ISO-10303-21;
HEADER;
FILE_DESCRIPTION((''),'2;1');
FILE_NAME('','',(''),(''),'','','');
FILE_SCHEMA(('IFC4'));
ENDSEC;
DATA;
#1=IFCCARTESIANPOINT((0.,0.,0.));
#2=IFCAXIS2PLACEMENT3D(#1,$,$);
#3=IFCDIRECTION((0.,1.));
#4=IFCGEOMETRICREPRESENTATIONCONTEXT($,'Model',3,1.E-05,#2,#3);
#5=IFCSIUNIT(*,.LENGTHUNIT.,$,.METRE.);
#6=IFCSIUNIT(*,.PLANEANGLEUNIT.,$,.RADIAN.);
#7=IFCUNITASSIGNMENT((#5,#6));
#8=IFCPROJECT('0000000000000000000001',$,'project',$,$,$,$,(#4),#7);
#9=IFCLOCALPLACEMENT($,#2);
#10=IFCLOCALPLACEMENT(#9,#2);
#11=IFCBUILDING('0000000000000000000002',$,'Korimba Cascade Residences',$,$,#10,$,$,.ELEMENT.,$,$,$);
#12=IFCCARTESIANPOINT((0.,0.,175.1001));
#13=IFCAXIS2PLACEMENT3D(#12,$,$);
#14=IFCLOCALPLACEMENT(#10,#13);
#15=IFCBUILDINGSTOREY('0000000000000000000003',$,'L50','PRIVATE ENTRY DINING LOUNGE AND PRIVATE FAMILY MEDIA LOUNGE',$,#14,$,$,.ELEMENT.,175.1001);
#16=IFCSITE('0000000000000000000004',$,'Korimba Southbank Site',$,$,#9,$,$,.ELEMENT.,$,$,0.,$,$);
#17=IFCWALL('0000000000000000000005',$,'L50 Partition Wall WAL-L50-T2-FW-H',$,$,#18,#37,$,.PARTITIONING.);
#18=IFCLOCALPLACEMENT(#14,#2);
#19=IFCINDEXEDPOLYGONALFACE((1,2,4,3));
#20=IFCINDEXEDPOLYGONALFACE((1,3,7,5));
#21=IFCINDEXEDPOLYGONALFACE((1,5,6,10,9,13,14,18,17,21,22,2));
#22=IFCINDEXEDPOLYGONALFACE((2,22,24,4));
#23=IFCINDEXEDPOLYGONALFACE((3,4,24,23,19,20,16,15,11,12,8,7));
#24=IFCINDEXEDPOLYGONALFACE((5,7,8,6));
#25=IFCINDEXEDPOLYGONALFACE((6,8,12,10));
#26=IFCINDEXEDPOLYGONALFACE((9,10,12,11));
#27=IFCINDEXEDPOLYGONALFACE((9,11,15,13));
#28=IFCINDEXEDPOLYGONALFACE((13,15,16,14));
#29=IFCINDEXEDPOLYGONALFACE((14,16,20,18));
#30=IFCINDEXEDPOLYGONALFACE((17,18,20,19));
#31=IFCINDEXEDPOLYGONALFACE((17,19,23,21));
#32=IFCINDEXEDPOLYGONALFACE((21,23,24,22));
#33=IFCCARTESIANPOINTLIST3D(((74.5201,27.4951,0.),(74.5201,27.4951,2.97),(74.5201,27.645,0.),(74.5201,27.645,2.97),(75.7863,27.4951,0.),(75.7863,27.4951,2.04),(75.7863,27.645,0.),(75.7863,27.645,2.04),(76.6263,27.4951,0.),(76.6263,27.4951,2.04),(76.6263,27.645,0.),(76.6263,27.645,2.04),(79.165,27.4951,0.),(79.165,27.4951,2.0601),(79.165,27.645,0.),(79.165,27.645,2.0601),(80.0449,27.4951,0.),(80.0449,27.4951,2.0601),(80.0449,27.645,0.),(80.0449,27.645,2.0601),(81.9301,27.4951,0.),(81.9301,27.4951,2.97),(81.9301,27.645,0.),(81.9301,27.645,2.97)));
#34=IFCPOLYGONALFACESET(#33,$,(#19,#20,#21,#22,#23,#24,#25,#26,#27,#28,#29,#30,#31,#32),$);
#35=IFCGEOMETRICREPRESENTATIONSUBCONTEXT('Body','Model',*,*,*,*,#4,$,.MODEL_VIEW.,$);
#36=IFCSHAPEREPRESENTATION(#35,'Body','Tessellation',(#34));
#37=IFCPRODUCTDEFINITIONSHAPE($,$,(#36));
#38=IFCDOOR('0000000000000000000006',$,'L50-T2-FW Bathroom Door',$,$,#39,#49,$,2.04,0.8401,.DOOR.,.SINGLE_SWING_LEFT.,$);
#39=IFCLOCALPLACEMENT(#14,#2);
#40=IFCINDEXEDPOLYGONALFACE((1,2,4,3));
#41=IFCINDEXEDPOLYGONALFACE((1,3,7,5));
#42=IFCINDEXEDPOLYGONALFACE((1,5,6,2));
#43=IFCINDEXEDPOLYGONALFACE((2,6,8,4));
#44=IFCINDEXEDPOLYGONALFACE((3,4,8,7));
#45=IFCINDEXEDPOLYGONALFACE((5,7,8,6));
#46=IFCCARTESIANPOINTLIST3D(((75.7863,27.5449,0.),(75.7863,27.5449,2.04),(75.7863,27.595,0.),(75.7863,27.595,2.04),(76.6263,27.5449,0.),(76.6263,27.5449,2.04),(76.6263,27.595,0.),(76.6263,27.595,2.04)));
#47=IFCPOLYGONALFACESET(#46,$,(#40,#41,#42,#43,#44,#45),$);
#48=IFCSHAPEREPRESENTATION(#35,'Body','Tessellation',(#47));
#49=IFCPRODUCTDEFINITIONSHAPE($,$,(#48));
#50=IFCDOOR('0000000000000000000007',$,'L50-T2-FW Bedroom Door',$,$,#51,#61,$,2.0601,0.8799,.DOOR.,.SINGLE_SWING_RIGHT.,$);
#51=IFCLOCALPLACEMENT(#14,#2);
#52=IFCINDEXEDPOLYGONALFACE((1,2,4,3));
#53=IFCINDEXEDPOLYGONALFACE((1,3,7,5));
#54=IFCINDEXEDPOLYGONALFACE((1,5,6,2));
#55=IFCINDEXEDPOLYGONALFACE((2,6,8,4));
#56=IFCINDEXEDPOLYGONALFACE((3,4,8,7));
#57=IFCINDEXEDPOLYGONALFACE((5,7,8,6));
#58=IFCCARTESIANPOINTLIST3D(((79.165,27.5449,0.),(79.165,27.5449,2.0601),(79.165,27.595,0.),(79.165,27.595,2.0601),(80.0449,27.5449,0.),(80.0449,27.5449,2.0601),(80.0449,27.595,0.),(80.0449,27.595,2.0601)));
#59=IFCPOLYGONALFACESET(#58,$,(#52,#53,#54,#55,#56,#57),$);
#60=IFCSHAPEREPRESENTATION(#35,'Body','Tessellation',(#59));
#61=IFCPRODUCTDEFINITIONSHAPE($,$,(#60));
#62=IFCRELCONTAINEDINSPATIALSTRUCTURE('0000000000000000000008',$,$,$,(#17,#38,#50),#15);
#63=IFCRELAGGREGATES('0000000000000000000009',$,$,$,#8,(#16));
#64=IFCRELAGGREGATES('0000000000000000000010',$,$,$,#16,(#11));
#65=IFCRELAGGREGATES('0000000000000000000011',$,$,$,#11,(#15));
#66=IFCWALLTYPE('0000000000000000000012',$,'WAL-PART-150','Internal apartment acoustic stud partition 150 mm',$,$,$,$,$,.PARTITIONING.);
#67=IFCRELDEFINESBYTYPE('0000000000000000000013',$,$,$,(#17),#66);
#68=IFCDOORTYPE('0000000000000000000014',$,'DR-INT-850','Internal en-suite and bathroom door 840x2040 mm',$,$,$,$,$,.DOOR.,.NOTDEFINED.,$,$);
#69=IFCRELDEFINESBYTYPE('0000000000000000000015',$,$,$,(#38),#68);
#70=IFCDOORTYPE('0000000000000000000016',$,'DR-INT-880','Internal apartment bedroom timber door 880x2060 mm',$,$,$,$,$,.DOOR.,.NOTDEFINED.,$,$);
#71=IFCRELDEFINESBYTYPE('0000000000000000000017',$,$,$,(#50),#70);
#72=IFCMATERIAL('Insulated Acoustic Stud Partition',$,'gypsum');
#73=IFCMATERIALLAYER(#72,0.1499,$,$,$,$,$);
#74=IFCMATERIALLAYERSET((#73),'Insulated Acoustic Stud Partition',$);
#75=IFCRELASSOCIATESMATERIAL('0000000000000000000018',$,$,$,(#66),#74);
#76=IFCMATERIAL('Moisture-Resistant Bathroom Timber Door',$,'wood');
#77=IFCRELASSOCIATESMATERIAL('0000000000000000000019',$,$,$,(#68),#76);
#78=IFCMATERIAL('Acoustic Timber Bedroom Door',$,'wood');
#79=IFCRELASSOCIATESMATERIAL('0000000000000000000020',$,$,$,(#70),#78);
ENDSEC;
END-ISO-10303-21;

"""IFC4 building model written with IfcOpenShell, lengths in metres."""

from ifc_helpers import new_model, si_unit, direction, frame, frame_2d, origin, place, context, subcontext, project, spatial, rectangle, extrude, material, layer, layer_set, type_object, element, fill, save


model = new_model("IFC4")

# Units and contexts
model_context = context("Model", 3, precision=1e-05, world=origin(), true_north=direction((0.0, 1.0)))
body_context = subcontext(model_context, "Body", "Model", "MODEL_VIEW")
ifc_project = project(units=[si_unit("LENGTHUNIT", "METRE"), si_unit("PLANEANGLEUNIT", "RADIAN")], contexts=[model_context])

# Site, building, storey
site_placement = place(None, origin())
site = spatial("IfcSite", under=ifc_project, at=site_placement, Name="Korimba Southbank Site", CompositionType="ELEMENT", RefElevation=0.0)
building_placement = place(site_placement, origin())
building = spatial("IfcBuilding", under=site, at=building_placement, Name="Korimba Cascade Residences", CompositionType="ELEMENT")
storey_placement = place(building_placement, frame((0.0, 0.0, 175.1001)))
storey = spatial("IfcBuildingStorey", under=building, at=storey_placement, Name="L50", Description="PRIVATE ENTRY DINING LOUNGE AND PRIVATE FAMILY MEDIA LOUNGE", CompositionType="ELEMENT", Elevation=175.1001)

# Shared definitions
ifc_material_1 = material(Name="Insulated Acoustic Stud Partition", Category="gypsum")
ifc_layer_1 = layer(ifc_material_1, 0.1499)
ifc_layer_set_1 = layer_set([ifc_layer_1], Name="Insulated Acoustic Stud Partition")
wall_type_1 = type_object("IfcWallType", Name="WAL-PART-150", Description="Internal apartment acoustic stud partition 150 mm", PredefinedType="PARTITIONING", material=ifc_layer_set_1)

# Wall, openings, doors
wall_1_placement = place(storey_placement, frame((74.52, 27.5701, 0.0), z_axis=(0.0, 0.0, 1.0), x_axis=(1.0, 0.0, 0.0)))
wall_1 = element("IfcWall", 1, at=wall_1_placement, inside=storey, type_object=wall_type_1, Name="L50 Partition Wall WAL-L50-T2-FW-H", PredefinedType="PARTITIONING", context=body_context, shape_type="SweptSolid", body=[
    extrude(rectangle(XDim=7.4099, YDim=0.1499, at=frame_2d((3.7051, 0.0))), origin(), (0.0, 0.0, 1.0), 2.97),
])
opening_1_placement = place(wall_1_placement, frame((1.2664, 0.0, 0.0)))
opening_1 = element("IfcOpeningElement", 2, at=opening_1_placement, cuts=wall_1, PredefinedType="OPENING", context=body_context, shape_type="SweptSolid", body=[
    extrude(rectangle(XDim=0.8401, YDim=2.04, at=frame_2d((0.4199, 1.02))), frame((0.0, 0.085, 0.0), z_axis=(0.0, -1.0, 0.0), x_axis=(1.0, 0.0, 0.0)), (0.0, 0.0, 1.0), 0.1699),
])
opening_2_placement = place(wall_1_placement, frame((4.645, 0.0, 0.0)))
opening_2 = element("IfcOpeningElement", 3, at=opening_2_placement, cuts=wall_1, PredefinedType="OPENING", context=body_context, shape_type="SweptSolid", body=[
    extrude(rectangle(XDim=0.8799, YDim=2.0601, at=frame_2d((0.4399, 1.03))), frame((0.0, 0.085, 0.0), z_axis=(0.0, -1.0, 0.0), x_axis=(1.0, 0.0, 0.0)), (0.0, 0.0, 1.0), 0.1699),
])
ifc_material_2 = material(Name="Moisture-Resistant Bathroom Timber Door", Category="wood")
door_type_1 = type_object("IfcDoorType", Name="DR-INT-850", Description="Internal en-suite and bathroom door 840x2040 mm", OperationType="NOTDEFINED", PredefinedType="DOOR", material=ifc_material_2)
door_1_placement = place(opening_1_placement, origin())
door_1 = element("IfcDoor", 4, at=door_1_placement, inside=storey, type_object=door_type_1, Name="L50-T2-FW Bathroom Door", OperationType="SINGLE_SWING_LEFT", OverallHeight=2.04, OverallWidth=0.8401, PredefinedType="DOOR", context=body_context, shape_type="SweptSolid", body=[
    extrude(rectangle(XDim=0.8401, YDim=2.04, at=frame_2d((0.4199, 1.02))), frame((0.0, 0.0249, 0.0), z_axis=(0.0, -1.0, 0.0), x_axis=(1.0, 0.0, 0.0)), (0.0, 0.0, 1.0), 0.05),
])
fill(opening_1, door_1)
ifc_material_3 = material(Name="Acoustic Timber Bedroom Door", Category="wood")
door_type_2 = type_object("IfcDoorType", Name="DR-INT-880", Description="Internal apartment bedroom timber door 880x2060 mm", OperationType="NOTDEFINED", PredefinedType="DOOR", material=ifc_material_3)
door_2_placement = place(opening_2_placement, origin())
door_2 = element("IfcDoor", 5, at=door_2_placement, inside=storey, type_object=door_type_2, Name="L50-T2-FW Bedroom Door", OperationType="SINGLE_SWING_RIGHT", OverallHeight=2.0601, OverallWidth=0.8799, PredefinedType="DOOR", context=body_context, shape_type="SweptSolid", body=[
    extrude(rectangle(XDim=0.8799, YDim=2.0601, at=frame_2d((0.4399, 1.03))), frame((0.0, 0.0249, 0.0), z_axis=(0.0, -1.0, 0.0), x_axis=(1.0, 0.0, 0.0)), (0.0, 0.0, 1.0), 0.05),
])
fill(opening_2, door_2)

save(model, "model.ifc")
